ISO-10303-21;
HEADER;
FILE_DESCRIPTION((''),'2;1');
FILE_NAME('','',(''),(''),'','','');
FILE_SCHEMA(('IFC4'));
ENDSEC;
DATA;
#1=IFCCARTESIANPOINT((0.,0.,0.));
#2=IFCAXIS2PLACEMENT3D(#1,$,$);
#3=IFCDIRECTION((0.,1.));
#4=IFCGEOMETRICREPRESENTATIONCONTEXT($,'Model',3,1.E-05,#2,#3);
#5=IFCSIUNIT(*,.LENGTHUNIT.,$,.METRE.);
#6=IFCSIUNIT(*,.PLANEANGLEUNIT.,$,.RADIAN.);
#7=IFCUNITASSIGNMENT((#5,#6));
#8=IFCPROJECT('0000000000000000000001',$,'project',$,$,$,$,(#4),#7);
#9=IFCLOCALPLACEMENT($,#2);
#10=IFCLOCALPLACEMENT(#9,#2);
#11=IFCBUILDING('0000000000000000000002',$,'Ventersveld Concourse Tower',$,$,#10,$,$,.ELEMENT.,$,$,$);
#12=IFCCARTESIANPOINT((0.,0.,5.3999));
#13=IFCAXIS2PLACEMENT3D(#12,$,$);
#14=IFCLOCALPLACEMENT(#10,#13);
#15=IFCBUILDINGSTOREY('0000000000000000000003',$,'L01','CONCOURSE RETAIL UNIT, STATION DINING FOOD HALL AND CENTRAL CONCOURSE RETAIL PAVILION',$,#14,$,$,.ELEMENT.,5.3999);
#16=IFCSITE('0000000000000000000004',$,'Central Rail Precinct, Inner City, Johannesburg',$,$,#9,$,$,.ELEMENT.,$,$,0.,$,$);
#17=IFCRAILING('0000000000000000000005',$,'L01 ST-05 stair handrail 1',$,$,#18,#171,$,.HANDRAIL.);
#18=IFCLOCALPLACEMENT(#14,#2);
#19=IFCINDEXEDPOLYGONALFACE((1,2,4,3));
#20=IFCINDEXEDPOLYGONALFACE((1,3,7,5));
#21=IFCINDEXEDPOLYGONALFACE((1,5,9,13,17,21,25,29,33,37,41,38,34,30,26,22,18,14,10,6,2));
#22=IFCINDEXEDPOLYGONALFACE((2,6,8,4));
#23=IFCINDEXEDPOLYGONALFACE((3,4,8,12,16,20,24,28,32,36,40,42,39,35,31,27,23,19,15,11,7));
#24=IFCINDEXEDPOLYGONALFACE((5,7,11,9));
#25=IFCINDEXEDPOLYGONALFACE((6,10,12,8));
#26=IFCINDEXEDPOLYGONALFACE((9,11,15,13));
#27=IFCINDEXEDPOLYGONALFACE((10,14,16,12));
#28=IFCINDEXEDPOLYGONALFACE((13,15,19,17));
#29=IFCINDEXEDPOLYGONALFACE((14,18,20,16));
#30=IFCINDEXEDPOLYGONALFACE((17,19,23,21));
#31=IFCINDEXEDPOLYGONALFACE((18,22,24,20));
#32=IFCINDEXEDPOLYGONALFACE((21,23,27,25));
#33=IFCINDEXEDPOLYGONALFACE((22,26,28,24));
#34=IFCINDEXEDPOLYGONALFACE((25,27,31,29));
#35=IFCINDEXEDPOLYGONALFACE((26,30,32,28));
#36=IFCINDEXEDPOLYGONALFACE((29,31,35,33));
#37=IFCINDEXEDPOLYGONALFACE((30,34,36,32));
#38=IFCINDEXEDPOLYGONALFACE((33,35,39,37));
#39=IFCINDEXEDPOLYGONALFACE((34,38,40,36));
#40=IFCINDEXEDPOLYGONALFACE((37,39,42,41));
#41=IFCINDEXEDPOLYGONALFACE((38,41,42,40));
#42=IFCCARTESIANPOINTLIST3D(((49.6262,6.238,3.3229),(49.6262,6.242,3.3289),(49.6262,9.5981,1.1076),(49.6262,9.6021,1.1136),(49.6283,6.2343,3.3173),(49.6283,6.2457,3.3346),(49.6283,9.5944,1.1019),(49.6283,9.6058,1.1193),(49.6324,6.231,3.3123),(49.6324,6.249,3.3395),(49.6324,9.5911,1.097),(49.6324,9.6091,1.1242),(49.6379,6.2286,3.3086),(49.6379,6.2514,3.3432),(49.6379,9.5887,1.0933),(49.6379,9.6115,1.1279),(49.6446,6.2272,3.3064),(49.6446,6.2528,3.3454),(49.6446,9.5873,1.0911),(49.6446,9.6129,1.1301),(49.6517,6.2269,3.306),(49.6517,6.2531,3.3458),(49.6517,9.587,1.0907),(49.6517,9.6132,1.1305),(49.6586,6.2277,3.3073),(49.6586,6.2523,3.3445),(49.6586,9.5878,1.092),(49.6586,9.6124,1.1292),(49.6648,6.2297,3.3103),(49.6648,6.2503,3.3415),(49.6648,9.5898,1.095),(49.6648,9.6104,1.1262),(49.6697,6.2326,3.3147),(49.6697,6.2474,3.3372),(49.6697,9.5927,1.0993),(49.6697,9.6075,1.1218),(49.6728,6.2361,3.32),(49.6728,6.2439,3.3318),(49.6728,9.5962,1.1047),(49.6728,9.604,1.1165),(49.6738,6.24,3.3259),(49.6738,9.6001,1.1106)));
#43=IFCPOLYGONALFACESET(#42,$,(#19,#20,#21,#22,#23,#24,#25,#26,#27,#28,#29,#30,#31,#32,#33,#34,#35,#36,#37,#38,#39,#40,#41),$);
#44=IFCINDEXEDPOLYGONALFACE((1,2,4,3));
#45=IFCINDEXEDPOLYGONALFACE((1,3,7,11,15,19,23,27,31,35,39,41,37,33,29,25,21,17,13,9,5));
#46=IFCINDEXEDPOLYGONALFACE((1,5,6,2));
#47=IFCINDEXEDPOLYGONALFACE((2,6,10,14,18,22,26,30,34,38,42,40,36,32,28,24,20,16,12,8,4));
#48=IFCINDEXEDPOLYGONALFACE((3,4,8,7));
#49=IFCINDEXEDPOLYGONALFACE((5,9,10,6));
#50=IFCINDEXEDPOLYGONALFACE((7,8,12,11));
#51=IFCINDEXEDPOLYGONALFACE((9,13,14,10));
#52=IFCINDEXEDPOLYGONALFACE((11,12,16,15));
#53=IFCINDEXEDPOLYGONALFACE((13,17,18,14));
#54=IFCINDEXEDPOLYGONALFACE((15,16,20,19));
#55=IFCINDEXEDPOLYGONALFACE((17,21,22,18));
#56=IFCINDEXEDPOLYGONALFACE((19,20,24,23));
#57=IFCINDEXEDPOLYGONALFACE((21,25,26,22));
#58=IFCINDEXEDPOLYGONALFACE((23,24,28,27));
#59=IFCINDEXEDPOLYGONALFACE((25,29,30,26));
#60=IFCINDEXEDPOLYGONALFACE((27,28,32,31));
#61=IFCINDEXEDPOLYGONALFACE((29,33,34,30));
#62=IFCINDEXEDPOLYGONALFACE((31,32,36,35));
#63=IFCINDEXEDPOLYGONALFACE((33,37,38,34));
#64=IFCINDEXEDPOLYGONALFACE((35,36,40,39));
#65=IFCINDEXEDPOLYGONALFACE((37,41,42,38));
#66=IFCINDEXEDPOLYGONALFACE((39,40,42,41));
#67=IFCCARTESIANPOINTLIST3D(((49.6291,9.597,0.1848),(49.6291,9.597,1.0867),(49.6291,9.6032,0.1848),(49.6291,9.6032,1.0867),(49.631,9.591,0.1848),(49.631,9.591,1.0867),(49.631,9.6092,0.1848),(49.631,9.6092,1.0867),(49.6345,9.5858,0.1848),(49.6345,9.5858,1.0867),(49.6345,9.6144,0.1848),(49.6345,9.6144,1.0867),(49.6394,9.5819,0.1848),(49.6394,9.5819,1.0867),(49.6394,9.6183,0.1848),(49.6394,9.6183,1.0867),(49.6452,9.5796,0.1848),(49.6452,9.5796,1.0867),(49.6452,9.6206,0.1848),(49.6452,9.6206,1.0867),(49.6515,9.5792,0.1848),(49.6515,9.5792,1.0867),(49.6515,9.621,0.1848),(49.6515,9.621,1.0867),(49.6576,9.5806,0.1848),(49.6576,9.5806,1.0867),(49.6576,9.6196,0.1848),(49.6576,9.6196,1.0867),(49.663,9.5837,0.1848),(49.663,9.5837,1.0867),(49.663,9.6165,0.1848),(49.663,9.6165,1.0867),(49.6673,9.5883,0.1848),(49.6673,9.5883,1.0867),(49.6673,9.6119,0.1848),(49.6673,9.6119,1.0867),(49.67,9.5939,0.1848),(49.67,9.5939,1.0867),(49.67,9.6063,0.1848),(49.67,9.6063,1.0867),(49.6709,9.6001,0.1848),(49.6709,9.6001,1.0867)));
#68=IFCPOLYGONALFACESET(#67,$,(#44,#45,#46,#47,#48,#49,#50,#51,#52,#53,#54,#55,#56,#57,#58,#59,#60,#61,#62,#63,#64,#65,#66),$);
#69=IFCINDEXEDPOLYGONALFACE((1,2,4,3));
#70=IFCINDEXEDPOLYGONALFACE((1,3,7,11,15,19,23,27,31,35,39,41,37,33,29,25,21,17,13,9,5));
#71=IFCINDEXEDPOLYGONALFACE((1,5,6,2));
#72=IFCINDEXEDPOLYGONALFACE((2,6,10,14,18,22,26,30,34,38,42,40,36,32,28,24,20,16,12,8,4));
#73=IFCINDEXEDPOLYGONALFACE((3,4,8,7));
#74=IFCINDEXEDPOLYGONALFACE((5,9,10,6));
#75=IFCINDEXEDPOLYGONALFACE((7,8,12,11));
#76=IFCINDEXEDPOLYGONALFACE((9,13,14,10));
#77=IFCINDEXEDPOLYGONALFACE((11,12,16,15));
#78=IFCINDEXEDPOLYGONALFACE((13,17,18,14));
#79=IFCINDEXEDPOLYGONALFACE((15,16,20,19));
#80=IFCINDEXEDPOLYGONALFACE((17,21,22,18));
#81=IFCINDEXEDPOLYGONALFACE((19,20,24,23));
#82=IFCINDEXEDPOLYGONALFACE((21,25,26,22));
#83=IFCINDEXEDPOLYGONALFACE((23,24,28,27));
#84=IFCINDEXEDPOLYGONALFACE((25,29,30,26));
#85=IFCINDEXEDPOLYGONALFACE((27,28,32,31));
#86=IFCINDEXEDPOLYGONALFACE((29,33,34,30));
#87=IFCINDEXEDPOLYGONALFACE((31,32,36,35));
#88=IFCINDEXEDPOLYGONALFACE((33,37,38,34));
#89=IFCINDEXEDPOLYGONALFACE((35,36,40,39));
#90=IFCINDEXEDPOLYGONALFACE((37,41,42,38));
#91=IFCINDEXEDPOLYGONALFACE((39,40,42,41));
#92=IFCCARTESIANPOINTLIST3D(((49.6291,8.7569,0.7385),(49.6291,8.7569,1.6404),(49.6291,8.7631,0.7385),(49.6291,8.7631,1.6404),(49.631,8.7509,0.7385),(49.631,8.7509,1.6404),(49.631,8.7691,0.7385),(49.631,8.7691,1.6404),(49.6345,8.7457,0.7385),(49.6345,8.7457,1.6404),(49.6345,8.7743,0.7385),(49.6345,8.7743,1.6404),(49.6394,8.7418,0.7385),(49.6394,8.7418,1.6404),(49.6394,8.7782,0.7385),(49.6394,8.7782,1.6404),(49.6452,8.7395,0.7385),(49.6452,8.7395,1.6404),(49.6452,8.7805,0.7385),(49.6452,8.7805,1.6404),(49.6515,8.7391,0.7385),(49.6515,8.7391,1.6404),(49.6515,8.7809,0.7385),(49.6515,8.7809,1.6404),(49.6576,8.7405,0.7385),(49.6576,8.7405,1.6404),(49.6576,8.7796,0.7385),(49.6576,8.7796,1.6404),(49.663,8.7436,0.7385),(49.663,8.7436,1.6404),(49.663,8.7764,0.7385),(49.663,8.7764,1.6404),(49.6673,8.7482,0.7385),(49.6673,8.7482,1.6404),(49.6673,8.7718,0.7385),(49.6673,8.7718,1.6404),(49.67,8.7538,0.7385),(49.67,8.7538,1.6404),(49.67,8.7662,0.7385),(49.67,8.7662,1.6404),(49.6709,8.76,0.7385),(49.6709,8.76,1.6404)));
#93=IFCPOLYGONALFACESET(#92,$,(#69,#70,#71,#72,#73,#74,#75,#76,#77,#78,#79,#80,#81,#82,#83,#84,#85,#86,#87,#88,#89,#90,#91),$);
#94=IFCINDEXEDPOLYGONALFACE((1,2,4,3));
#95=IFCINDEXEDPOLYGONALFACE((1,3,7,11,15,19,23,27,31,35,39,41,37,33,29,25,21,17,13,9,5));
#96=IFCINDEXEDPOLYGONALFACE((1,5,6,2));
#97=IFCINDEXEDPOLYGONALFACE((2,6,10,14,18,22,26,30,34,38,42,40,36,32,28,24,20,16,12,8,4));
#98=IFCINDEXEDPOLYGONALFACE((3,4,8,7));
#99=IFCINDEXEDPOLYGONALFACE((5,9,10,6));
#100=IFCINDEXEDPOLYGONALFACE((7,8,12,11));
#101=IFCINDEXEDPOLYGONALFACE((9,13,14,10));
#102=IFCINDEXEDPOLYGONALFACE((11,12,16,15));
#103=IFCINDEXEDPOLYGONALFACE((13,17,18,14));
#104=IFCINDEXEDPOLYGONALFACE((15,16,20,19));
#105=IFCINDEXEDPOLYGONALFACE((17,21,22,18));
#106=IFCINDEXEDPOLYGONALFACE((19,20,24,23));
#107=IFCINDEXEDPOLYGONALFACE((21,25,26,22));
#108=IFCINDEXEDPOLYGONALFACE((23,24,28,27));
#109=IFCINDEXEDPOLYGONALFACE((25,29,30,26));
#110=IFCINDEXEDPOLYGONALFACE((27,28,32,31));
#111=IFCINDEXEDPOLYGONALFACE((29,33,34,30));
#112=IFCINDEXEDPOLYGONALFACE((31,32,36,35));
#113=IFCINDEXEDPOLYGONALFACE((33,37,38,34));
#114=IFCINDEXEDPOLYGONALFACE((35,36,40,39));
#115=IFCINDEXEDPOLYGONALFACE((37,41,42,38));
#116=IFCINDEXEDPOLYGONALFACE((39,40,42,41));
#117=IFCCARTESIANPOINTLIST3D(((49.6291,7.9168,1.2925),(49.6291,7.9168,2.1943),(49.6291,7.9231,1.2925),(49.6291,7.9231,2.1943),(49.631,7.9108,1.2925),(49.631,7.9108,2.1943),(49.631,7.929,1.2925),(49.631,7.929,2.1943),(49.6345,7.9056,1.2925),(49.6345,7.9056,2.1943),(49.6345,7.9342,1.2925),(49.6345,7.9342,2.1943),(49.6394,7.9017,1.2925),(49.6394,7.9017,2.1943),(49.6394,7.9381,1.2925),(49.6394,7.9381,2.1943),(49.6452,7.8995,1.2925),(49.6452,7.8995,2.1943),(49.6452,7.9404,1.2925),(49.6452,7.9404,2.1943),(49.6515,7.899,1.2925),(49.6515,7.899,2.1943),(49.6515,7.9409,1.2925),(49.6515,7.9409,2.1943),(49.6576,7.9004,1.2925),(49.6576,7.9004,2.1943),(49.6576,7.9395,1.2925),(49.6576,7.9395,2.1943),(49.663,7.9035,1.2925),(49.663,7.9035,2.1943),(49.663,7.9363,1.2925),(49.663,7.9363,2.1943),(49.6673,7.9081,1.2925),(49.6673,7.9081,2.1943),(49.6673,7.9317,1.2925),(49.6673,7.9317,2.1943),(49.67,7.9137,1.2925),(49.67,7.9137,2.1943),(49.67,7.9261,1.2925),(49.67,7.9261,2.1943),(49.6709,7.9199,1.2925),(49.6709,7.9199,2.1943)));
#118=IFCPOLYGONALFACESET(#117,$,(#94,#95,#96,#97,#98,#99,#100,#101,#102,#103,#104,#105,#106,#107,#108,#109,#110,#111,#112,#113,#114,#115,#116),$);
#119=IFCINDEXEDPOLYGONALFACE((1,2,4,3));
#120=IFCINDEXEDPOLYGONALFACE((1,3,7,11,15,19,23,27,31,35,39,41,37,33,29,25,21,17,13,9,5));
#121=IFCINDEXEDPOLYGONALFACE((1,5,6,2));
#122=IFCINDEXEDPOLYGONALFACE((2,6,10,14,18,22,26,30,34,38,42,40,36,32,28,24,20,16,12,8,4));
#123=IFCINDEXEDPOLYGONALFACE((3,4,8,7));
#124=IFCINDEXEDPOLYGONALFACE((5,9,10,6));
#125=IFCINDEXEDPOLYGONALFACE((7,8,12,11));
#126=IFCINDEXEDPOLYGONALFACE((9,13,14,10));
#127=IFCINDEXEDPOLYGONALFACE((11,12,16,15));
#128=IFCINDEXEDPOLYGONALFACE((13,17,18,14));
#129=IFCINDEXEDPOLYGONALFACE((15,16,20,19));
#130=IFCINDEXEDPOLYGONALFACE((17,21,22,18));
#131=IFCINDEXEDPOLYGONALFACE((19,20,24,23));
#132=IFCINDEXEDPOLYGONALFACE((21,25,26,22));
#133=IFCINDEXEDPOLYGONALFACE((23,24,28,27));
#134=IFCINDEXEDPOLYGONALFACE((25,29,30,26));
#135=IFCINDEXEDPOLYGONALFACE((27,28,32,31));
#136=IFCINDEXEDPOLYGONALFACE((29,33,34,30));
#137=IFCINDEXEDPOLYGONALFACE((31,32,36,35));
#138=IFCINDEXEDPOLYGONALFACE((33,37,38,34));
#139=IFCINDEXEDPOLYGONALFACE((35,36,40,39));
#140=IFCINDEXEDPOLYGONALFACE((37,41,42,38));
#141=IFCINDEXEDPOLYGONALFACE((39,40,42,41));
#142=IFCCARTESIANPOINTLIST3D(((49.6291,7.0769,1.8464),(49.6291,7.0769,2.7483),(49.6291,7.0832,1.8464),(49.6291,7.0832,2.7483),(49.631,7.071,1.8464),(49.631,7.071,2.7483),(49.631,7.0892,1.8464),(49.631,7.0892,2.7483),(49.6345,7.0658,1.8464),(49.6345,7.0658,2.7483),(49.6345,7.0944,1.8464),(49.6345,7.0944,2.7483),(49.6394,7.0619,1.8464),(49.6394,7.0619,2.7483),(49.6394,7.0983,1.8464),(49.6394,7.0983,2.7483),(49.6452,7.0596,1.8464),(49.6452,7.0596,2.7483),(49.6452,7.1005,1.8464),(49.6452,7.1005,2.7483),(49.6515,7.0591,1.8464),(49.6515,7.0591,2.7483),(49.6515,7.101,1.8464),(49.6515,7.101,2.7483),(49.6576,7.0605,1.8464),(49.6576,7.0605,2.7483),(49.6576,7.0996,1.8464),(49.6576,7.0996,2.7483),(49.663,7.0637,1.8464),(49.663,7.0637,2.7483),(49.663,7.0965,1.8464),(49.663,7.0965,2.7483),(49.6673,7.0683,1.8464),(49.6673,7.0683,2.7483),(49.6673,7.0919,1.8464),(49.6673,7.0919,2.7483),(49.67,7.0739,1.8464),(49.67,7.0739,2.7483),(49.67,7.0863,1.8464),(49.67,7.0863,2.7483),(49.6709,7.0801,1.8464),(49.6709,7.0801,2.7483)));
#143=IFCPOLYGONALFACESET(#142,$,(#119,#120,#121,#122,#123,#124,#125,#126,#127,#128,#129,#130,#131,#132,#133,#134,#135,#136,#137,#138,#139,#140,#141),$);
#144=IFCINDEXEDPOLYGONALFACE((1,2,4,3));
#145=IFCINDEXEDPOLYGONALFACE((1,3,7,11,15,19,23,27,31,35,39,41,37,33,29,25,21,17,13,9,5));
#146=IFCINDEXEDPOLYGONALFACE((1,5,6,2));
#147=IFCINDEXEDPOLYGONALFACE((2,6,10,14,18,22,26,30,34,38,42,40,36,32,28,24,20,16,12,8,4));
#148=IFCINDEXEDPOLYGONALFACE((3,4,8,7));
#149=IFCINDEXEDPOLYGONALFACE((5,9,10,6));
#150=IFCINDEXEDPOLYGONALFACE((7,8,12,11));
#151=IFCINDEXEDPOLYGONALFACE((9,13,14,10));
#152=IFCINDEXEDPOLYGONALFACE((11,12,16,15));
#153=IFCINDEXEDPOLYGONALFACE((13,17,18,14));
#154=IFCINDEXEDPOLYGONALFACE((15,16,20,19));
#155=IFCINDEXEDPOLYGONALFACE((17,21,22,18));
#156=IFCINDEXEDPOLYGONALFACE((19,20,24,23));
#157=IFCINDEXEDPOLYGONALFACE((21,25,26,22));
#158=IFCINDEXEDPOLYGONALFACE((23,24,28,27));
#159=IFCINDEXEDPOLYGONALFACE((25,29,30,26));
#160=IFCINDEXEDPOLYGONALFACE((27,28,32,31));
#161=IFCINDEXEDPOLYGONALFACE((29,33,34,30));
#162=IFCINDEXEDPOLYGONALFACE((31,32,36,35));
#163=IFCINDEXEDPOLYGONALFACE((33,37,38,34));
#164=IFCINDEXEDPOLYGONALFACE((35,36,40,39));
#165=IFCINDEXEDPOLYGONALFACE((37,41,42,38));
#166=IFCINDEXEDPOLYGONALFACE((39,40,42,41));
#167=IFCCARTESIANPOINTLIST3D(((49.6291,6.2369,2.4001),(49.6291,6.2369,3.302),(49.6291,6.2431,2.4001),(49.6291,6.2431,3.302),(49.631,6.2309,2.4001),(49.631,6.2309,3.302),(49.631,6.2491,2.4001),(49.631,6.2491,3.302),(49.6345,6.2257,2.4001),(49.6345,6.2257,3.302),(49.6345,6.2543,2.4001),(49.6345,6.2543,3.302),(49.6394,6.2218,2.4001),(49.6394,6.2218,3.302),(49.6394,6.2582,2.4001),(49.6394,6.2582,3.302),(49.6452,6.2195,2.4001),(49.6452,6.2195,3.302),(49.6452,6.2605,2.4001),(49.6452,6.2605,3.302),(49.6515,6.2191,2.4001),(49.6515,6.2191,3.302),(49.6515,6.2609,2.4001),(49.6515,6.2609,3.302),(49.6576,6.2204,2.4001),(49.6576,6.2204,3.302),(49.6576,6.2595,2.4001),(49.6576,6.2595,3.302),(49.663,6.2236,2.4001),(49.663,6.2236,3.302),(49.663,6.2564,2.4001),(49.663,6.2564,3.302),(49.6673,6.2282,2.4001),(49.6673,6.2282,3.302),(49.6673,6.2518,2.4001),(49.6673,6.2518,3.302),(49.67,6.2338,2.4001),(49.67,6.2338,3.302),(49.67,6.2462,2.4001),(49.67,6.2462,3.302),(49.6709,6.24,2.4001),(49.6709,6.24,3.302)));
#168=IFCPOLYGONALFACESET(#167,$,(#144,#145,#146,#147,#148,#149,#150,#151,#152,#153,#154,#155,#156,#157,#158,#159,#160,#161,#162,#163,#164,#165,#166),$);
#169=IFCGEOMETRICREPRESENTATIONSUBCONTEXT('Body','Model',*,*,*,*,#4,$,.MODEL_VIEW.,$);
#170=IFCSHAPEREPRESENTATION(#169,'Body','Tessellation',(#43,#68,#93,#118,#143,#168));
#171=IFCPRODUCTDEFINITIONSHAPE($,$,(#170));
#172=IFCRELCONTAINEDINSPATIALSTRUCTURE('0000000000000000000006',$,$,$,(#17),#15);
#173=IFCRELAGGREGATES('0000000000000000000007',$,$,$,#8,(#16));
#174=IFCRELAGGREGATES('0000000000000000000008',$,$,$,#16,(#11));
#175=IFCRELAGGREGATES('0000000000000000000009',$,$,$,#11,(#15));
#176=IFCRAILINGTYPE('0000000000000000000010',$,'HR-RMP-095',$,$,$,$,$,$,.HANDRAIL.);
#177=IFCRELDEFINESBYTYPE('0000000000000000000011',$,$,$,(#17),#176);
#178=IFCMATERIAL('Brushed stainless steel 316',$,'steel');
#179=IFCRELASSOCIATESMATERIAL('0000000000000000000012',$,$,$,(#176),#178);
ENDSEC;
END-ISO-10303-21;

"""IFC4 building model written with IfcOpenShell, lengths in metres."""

from ifc_helpers import new_model, si_unit, direction, frame, origin, origin_2d, place, context, subcontext, project, spatial, circle, extrude, material, type_object, element, save


model = new_model("IFC4")

# Units and contexts
model_context = context("Model", 3, precision=1e-05, world=origin(), true_north=direction((0.0, 1.0)))
body_context = subcontext(model_context, "Body", "Model", "MODEL_VIEW")
ifc_project = project(units=[si_unit("LENGTHUNIT", "METRE"), si_unit("PLANEANGLEUNIT", "RADIAN")], contexts=[model_context])

# Site, building, storey
site_placement = place(None, origin())
site = spatial("IfcSite", under=ifc_project, at=site_placement, Name="Central Rail Precinct, Inner City, Johannesburg", CompositionType="ELEMENT", RefElevation=0.0)
building_placement = place(site_placement, origin())
building = spatial("IfcBuilding", under=site, at=building_placement, Name="Ventersveld Concourse Tower", CompositionType="ELEMENT")
storey_placement = place(building_placement, frame((0.0, 0.0, 5.3999)))
storey = spatial("IfcBuildingStorey", under=building, at=storey_placement, Name="L01", Description="CONCOURSE RETAIL UNIT, STATION DINING FOOD HALL AND CENTRAL CONCOURSE RETAIL PAVILION", CompositionType="ELEMENT", Elevation=5.3999)

# Railing
ifc_material_1 = material(Name="Brushed stainless steel 316", Category="steel")
railing_type_1 = type_object("IfcRailingType", Name="HR-RMP-095", PredefinedType="HANDRAIL", material=ifc_material_1)
railing_1_placement = place(storey_placement, frame((49.6499, 9.6001, 0.1848)))
element("IfcRailing", 1, at=railing_1_placement, inside=storey, type_object=railing_type_1, Name="L01 ST-05 stair handrail 1", PredefinedType="HANDRAIL", context=body_context, shape_type="SweptSolid", body=[
    extrude(circle(Radius=0.0239, at=origin_2d()), frame((0.0, 0.0, 0.9258), z_axis=(0.0, -0.834876, 0.550437), x_axis=(1.0, 0.0, 0.0)), (0.0, 0.0, 1.0), 4.0247),
    extrude(circle(Radius=0.021, at=origin_2d()), origin(), (0.0, 0.0, 1.0), 0.9019),
    extrude(circle(Radius=0.021, at=origin_2d()), frame((0.0, -0.8401, 0.5537)), (0.0, 0.0, 1.0), 0.9019),
    extrude(circle(Radius=0.021, at=origin_2d()), frame((0.0, -1.6802, 1.1077)), (0.0, 0.0, 1.0), 0.9019),
    extrude(circle(Radius=0.021, at=origin_2d()), frame((0.0, -2.52, 1.6616)), (0.0, 0.0, 1.0), 0.9019),
    extrude(circle(Radius=0.021, at=origin_2d()), frame((0.0, -3.3601, 2.2153)), (0.0, 0.0, 1.0), 0.9019),
])

save(model, "model.ifc")
